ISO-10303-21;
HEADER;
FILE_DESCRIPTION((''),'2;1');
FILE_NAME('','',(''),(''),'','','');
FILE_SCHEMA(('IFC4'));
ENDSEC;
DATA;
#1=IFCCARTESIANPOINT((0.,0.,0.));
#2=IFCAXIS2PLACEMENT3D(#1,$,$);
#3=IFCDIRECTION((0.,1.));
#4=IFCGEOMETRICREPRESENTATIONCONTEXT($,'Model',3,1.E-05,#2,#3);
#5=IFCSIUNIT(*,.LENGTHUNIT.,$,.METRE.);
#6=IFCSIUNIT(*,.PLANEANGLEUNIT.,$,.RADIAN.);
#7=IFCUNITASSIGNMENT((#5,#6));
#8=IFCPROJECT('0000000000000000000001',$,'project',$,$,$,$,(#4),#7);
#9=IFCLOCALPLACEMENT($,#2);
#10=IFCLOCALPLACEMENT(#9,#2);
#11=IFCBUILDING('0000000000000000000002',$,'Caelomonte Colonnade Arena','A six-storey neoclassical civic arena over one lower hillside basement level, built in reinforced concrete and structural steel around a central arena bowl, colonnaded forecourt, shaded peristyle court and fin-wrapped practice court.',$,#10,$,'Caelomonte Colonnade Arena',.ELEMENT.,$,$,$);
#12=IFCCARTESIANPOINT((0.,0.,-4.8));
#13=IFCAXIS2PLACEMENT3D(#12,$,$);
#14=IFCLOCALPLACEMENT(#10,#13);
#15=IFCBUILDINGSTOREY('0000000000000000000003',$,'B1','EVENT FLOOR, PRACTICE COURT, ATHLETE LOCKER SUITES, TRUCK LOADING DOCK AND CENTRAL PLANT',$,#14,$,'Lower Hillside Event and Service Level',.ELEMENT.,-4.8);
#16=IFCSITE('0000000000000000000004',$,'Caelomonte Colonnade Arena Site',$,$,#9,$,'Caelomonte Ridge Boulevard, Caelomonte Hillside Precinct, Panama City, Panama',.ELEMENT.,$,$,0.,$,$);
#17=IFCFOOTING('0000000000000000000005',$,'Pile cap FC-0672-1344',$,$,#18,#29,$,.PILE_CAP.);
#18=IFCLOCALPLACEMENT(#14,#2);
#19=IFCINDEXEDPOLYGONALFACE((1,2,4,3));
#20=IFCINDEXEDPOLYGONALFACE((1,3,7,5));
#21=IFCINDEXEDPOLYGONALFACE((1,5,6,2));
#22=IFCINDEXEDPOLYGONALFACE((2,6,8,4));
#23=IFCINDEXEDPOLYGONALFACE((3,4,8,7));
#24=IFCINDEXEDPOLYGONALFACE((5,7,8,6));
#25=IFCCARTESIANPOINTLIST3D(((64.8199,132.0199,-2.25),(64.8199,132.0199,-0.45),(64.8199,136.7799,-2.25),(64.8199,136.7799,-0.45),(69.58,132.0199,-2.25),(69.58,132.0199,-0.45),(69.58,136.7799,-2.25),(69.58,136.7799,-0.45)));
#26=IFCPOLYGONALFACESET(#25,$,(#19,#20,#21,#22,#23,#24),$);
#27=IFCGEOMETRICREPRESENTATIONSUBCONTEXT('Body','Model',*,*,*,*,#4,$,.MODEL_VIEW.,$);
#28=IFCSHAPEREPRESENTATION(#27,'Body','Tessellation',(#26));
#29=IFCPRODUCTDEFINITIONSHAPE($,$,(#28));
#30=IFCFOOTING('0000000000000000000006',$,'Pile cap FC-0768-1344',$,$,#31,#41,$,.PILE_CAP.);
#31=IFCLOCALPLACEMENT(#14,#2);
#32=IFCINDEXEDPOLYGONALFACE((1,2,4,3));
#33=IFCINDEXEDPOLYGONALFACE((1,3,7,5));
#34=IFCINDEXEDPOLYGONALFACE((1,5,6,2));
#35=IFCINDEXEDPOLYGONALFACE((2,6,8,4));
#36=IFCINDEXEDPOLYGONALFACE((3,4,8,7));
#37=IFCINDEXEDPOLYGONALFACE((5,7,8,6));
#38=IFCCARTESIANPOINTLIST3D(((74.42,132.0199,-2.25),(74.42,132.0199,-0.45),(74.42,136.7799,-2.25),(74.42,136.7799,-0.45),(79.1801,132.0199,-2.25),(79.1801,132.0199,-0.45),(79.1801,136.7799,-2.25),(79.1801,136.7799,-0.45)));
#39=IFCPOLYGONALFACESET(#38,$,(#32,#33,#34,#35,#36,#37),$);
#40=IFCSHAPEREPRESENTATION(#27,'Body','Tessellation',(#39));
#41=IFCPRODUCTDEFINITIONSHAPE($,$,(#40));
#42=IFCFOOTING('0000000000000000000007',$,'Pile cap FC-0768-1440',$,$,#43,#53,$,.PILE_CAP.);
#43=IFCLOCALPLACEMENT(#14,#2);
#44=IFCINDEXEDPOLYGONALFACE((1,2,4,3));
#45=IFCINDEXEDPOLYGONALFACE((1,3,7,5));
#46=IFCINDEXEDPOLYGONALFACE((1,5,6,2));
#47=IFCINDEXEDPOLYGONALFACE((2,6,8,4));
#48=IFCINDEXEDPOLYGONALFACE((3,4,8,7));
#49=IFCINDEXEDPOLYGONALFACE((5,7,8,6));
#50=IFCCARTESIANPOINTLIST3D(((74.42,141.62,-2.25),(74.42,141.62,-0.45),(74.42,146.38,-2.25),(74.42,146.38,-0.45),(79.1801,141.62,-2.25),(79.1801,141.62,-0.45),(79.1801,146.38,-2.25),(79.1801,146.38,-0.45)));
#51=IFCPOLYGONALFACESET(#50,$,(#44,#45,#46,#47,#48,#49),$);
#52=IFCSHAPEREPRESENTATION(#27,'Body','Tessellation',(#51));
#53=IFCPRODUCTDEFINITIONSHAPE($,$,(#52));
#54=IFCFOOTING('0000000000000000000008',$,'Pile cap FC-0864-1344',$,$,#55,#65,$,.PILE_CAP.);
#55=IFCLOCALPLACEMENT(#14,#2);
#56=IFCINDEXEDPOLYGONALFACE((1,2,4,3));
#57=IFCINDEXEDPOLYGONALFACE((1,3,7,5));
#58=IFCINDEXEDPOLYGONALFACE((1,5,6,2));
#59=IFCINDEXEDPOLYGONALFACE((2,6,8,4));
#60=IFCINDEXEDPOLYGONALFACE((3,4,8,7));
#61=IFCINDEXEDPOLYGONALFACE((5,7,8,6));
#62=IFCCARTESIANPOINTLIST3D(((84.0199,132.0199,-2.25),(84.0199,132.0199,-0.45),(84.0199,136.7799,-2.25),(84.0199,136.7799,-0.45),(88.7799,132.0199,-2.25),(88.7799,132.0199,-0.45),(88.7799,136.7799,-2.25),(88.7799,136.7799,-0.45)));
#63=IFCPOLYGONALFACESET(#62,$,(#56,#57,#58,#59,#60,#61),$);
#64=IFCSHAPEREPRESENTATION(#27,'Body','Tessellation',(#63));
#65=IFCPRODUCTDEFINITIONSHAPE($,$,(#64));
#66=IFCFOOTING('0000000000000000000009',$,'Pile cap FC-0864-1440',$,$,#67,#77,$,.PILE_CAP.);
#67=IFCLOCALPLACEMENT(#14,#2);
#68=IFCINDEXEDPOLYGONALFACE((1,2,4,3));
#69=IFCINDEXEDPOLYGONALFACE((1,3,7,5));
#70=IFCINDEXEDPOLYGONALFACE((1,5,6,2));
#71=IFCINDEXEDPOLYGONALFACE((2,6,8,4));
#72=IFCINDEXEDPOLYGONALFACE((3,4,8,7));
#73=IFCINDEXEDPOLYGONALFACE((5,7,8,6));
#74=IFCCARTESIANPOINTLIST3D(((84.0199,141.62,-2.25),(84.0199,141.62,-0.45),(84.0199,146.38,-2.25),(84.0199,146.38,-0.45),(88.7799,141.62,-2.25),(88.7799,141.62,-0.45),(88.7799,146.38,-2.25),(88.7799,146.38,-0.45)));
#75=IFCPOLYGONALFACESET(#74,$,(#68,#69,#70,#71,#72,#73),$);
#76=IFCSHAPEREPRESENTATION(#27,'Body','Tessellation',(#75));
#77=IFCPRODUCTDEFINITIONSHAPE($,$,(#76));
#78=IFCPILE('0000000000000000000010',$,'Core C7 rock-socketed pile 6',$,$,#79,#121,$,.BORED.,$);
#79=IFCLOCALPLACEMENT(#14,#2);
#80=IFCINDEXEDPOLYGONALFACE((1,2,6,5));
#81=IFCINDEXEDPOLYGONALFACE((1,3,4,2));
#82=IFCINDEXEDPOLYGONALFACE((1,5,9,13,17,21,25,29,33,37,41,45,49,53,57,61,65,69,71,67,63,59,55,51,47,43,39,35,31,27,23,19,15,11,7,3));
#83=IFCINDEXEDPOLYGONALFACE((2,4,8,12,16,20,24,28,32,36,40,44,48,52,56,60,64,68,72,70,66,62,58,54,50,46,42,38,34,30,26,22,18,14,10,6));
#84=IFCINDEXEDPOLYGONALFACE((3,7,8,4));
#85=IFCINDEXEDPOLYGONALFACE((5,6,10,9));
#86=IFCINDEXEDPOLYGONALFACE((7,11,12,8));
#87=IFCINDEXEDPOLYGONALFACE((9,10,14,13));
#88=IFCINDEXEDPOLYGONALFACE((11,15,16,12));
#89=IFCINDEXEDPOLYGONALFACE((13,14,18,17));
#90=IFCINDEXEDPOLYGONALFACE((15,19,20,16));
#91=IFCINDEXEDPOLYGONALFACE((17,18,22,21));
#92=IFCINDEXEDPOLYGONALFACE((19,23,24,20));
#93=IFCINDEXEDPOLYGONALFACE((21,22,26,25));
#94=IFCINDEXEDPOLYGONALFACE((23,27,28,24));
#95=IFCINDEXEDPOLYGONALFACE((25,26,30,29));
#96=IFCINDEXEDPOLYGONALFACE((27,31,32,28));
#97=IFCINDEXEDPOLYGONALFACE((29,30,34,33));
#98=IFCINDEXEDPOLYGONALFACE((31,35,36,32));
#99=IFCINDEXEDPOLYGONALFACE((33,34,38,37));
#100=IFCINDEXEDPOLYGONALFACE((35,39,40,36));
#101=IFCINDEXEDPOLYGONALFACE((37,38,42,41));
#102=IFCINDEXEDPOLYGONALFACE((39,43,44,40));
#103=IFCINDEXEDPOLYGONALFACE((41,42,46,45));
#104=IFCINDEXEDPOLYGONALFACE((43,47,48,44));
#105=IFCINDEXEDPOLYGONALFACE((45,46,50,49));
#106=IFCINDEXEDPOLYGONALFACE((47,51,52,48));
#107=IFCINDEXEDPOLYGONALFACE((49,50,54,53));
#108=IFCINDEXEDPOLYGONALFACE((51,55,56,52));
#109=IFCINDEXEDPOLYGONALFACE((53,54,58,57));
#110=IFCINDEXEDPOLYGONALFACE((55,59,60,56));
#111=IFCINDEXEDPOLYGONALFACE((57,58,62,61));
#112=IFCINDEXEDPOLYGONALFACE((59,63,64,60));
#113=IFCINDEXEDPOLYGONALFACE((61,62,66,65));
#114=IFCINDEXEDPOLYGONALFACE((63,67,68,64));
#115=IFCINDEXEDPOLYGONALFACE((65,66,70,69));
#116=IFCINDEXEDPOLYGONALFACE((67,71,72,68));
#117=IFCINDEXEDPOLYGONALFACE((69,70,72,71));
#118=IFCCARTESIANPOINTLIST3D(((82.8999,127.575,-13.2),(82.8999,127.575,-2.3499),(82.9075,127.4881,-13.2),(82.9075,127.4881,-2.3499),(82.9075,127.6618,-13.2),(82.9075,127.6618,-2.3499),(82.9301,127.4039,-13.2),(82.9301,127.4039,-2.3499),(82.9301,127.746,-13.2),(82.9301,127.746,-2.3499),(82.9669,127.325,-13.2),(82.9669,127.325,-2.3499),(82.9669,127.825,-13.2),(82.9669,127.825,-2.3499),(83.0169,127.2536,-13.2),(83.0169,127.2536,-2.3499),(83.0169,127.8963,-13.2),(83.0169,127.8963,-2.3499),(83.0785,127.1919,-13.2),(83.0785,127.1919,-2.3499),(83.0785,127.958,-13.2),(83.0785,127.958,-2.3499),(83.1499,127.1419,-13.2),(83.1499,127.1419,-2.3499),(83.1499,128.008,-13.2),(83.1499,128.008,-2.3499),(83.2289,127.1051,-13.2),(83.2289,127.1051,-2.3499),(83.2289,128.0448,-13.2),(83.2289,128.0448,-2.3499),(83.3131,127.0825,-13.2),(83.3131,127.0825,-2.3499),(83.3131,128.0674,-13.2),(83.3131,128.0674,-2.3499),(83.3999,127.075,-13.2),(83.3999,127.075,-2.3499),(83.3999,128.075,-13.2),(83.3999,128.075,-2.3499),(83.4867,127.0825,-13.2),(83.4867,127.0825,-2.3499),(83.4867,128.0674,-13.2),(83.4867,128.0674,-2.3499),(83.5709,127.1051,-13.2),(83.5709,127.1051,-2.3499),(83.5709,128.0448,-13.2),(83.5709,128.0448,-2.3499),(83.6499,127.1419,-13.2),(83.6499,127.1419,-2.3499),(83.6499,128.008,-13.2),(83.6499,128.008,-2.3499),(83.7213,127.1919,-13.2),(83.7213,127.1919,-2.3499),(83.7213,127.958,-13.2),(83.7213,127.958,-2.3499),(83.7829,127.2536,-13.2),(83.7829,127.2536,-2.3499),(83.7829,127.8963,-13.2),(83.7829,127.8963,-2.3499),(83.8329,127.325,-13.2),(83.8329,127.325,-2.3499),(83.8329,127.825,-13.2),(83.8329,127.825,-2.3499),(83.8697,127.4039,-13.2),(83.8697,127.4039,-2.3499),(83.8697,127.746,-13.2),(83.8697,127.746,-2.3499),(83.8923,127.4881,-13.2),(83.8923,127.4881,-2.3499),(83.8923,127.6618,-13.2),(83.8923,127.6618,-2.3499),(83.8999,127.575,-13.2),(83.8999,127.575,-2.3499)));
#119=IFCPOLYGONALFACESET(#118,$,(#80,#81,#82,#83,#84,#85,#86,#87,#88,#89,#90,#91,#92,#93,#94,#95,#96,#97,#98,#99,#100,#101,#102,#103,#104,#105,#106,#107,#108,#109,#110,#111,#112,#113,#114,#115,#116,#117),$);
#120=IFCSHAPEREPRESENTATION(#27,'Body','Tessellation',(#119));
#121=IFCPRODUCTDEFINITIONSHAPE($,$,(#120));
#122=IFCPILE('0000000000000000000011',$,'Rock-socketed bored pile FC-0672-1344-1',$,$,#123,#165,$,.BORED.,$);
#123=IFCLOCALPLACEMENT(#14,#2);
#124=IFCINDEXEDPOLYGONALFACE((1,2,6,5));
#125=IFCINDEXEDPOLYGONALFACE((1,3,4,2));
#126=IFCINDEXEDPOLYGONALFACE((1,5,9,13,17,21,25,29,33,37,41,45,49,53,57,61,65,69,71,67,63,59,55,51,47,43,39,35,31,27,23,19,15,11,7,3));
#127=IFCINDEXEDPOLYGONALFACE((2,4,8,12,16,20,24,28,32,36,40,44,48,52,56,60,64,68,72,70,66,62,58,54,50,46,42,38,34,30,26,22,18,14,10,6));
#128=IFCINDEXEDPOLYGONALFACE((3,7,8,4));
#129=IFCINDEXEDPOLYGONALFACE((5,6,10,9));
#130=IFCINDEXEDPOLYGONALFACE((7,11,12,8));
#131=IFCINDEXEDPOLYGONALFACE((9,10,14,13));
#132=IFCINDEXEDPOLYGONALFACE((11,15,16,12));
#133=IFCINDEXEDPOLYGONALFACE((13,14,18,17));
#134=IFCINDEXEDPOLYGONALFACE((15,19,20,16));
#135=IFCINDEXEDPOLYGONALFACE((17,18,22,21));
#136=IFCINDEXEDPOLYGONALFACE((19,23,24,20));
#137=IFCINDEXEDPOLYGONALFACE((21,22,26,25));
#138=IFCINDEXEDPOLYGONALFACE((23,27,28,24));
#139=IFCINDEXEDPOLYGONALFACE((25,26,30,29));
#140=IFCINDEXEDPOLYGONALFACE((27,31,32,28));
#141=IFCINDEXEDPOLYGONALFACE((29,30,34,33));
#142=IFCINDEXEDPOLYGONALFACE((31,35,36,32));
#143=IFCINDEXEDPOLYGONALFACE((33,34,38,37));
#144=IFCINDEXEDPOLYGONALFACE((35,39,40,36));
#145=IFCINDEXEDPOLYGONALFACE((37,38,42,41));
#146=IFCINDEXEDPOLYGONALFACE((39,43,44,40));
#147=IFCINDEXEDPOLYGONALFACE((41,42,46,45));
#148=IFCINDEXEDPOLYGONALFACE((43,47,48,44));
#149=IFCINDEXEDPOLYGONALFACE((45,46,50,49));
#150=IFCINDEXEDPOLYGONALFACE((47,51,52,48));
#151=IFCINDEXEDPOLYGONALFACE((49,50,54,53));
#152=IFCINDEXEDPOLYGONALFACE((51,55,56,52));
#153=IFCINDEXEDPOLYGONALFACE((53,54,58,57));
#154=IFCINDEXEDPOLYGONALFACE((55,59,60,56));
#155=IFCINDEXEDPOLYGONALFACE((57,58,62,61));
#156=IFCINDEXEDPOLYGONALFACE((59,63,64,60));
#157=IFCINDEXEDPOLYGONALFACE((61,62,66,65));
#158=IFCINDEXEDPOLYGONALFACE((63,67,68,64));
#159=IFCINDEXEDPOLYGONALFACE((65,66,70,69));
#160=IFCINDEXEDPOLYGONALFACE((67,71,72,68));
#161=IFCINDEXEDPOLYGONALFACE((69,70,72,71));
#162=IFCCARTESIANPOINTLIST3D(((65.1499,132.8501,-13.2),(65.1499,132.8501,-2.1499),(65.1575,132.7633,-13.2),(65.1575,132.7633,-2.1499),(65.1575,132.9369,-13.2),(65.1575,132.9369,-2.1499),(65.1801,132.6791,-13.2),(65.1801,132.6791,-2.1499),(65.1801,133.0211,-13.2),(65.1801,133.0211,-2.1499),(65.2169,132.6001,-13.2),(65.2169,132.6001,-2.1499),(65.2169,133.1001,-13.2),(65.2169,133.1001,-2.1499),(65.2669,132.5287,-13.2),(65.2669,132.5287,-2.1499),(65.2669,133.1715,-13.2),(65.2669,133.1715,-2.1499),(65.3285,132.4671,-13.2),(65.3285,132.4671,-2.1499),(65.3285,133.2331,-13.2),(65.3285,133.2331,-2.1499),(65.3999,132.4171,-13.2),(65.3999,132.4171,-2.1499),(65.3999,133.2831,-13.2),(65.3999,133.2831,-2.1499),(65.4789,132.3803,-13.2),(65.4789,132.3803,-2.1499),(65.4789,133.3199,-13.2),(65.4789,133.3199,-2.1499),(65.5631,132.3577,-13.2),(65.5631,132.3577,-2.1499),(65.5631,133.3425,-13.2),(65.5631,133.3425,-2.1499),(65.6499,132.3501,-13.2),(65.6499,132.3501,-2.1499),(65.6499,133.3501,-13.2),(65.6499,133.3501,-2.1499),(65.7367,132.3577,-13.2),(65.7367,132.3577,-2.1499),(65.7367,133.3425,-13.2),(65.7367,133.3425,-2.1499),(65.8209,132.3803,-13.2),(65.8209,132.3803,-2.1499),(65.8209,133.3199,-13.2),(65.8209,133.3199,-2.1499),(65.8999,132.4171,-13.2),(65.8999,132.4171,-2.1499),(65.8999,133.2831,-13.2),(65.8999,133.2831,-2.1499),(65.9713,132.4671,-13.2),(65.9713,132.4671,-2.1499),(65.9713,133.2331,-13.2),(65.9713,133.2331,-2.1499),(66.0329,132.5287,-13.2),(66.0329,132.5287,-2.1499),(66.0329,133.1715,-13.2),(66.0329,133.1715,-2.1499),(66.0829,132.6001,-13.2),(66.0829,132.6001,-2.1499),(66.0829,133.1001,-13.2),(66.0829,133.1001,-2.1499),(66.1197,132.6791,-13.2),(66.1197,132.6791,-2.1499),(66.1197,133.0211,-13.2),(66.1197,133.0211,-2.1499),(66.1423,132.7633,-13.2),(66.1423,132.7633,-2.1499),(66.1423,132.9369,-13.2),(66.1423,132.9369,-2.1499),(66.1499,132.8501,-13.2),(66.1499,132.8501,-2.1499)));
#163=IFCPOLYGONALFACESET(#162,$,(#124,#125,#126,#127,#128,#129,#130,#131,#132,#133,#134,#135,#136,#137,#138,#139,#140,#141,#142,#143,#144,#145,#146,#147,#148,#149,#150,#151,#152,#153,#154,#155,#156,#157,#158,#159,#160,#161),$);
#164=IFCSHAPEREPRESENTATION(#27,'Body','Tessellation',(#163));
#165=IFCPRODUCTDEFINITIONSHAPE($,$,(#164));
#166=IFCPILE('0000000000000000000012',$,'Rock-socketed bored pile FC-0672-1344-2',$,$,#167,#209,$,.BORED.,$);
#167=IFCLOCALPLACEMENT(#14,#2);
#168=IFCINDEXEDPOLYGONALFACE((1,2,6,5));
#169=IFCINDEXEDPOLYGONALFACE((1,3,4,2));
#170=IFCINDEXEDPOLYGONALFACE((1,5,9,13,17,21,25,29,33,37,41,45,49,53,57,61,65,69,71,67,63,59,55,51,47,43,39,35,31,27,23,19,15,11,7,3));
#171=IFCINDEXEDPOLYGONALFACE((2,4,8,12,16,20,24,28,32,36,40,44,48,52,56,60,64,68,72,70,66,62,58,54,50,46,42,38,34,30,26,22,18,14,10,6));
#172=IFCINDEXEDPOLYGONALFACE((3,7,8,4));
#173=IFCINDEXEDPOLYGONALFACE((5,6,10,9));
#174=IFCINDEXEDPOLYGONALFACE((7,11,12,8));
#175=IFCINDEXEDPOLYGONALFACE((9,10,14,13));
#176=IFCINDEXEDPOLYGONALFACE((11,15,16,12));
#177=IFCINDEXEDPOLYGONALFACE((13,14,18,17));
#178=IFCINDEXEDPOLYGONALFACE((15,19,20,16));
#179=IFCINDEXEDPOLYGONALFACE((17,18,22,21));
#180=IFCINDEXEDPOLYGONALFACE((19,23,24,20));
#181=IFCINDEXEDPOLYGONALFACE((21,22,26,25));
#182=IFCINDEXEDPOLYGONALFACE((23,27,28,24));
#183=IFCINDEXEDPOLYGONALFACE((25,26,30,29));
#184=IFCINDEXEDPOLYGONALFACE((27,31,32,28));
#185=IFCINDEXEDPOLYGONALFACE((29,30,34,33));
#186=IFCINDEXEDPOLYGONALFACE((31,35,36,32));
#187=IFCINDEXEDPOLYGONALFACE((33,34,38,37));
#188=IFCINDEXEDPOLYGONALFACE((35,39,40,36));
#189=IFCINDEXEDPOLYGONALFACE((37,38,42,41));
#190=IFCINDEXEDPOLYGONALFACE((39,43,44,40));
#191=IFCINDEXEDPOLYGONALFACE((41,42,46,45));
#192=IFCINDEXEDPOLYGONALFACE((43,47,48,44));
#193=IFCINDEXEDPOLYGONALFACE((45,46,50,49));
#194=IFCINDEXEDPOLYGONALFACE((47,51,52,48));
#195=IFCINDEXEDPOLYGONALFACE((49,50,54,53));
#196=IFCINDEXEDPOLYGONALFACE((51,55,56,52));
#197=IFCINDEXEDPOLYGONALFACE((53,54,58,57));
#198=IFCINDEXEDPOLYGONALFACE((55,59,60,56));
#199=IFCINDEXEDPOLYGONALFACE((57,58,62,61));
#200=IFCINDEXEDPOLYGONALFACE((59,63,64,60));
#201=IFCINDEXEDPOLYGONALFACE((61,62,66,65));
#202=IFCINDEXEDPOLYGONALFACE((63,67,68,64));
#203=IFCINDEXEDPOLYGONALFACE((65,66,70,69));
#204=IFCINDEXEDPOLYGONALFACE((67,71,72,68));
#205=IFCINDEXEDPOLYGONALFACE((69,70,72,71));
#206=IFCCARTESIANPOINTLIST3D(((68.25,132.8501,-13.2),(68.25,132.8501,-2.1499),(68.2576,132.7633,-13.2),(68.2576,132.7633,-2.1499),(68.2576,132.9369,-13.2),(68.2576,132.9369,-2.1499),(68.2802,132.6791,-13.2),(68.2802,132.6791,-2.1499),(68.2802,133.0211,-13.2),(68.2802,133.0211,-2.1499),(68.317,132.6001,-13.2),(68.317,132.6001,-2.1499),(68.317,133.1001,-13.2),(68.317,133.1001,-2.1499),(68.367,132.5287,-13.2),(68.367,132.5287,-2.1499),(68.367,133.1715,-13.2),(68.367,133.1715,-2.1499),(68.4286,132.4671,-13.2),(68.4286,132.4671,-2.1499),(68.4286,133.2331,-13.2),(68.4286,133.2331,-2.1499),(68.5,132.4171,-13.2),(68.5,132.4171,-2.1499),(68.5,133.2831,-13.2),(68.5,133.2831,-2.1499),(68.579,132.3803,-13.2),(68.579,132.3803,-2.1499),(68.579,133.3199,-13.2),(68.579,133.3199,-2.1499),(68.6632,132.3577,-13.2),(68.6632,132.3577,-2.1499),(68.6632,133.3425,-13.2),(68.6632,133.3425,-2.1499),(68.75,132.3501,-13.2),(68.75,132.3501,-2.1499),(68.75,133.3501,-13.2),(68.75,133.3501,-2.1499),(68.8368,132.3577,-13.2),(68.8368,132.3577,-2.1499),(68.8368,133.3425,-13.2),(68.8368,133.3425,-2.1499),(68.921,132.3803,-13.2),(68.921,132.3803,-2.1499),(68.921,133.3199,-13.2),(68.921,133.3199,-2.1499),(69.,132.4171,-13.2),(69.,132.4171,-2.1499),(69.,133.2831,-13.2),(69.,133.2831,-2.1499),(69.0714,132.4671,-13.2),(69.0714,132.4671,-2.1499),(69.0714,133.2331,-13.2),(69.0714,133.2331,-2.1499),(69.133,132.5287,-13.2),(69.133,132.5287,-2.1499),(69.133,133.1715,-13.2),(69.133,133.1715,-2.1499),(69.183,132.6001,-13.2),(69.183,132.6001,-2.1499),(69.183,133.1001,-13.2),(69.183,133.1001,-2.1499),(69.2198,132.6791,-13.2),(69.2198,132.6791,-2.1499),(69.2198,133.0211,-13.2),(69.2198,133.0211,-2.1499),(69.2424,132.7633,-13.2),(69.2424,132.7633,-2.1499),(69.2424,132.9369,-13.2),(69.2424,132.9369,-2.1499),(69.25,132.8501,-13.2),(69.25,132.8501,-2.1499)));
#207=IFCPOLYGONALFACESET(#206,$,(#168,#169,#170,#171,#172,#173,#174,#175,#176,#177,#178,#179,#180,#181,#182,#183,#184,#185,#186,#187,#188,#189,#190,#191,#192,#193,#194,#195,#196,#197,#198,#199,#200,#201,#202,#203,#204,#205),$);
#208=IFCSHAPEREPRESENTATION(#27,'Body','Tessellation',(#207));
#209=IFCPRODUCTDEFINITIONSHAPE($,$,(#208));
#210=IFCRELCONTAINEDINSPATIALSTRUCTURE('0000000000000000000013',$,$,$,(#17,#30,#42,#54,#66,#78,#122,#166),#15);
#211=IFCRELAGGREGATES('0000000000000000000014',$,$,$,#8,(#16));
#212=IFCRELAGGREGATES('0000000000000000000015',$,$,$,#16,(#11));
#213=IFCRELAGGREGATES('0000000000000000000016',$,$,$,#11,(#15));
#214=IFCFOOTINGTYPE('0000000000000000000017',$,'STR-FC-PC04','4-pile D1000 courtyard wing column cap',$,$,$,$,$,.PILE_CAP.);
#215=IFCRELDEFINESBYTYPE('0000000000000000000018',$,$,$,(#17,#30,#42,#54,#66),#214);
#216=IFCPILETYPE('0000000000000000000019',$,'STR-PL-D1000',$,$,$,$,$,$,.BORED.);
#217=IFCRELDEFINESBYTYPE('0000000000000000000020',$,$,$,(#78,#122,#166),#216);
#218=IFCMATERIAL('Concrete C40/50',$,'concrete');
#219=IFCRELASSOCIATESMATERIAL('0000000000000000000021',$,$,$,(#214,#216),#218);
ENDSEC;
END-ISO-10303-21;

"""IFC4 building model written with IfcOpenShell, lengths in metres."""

from ifc_helpers import new_model, si_unit, direction, frame, origin, origin_2d, place, context, subcontext, project, spatial, rectangle, circle, extrude, material, material_profile, profile_set, type_object, element, save


model = new_model("IFC4")

# Units and contexts
model_context = context("Model", 3, precision=1e-05, world=origin(), true_north=direction((0.0, 1.0)))
body_context = subcontext(model_context, "Body", "Model", "MODEL_VIEW")
ifc_project = project(units=[si_unit("LENGTHUNIT", "METRE"), si_unit("PLANEANGLEUNIT", "RADIAN")], contexts=[model_context])

# Site, building, storey
site_placement = place(None, origin())
site = spatial("IfcSite", under=ifc_project, at=site_placement, Name="Caelomonte Colonnade Arena Site", LongName="Caelomonte Ridge Boulevard, Caelomonte Hillside Precinct, Panama City, Panama", CompositionType="ELEMENT", RefElevation=0.0)
building_placement = place(site_placement, origin())
building = spatial("IfcBuilding", under=site, at=building_placement, Name="Caelomonte Colonnade Arena", Description="A six-storey neoclassical civic arena over one lower hillside basement level, built in reinforced concrete and structural steel around a central arena bowl, colonnaded forecourt, shaded peristyle court and fin-wrapped practice court.", LongName="Caelomonte Colonnade Arena", CompositionType="ELEMENT")
storey_placement = place(building_placement, frame((0.0, 0.0, -4.8)))
storey = spatial("IfcBuildingStorey", under=building, at=storey_placement, Name="B1", Description="EVENT FLOOR, PRACTICE COURT, ATHLETE LOCKER SUITES, TRUCK LOADING DOCK AND CENTRAL PLANT", LongName="Lower Hillside Event and Service Level", CompositionType="ELEMENT", Elevation=-4.8)

# Footings
ifc_material_1 = material(Name="Concrete C40/50", Category="concrete")
footing_type = type_object("IfcFootingType", Name="STR-FC-PC04", Description="4-pile D1000 courtyard wing column cap", PredefinedType="PILE_CAP", material=ifc_material_1)
for number, where, z_axis, x_axis, name in (
    (1, (67.2, 134.3999, -2.25), (0.0, 0.0, 1.0), (1.0, 0.0, 0.0), "Pile cap FC-0672-1344"),
    (2, (76.8, 134.3999, -2.25), (0.0, 0.0, 1.0), (1.0, 0.0, 0.0), "Pile cap FC-0768-1344"),
    (3, (76.8, 144.0, -2.25), (0.0, 0.0, 1.0), (1.0, 0.0, 0.0), "Pile cap FC-0768-1440"),
    (4, (86.3999, 134.3999, -2.25), (0.0, 0.0, 1.0), (1.0, 0.0, 0.0), "Pile cap FC-0864-1344"),
    (5, (86.3999, 144.0, -2.25), (0.0, 0.0, 1.0), (1.0, 0.0, 0.0), "Pile cap FC-0864-1440"),
):
    element("IfcFooting", number, at=place(storey_placement, frame(where, z_axis=z_axis, x_axis=x_axis)), inside=storey, type_object=footing_type, Name=name, PredefinedType="PILE_CAP", context=body_context, shape_type="SweptSolid", body=[
        extrude(rectangle(XDim=4.76, YDim=4.76, at=origin_2d()), origin(), (0.0, 0.0, 1.0), 1.8),
    ])

# Piles
ifc_material_profile_1 = material_profile(ifc_material_1, circle(Radius=0.5, at=origin_2d()), Name="PILE-D1000")
ifc_profile_set_1 = profile_set([ifc_material_profile_1], Name="Concrete C40/50")
pile_type = type_object("IfcPileType", Name="STR-PL-D1000", PredefinedType="BORED", material=ifc_profile_set_1)
pile_placement = place(storey_placement, frame((83.3999, 127.575, -2.3499), z_axis=(0.0, 0.0, -1.0), x_axis=(1.0, 0.0, 0.0)))
element("IfcPile", 6, at=pile_placement, inside=storey, type_object=pile_type, Name="Core C7 rock-socketed pile 6", PredefinedType="BORED", context=body_context, shape_type="SweptSolid", body=[
    extrude(circle(Radius=0.5, at=origin_2d()), origin(), (0.0, 0.0, 1.0), 10.8501),
])
for number, where, z_axis, x_axis, name in (
    (7, (65.6499, 132.8501, -2.1499), (0.0, 0.0, -1.0), (1.0, 0.0, 0.0), "Rock-socketed bored pile FC-0672-1344-1"),
    (8, (68.75, 132.8501, -2.1499), (0.0, 0.0, -1.0), (1.0, 0.0, 0.0), "Rock-socketed bored pile FC-0672-1344-2"),
):
    element("IfcPile", number, at=place(storey_placement, frame(where, z_axis=z_axis, x_axis=x_axis)), inside=storey, type_object=pile_type, Name=name, PredefinedType="BORED", context=body_context, shape_type="SweptSolid", body=[
        extrude(circle(Radius=0.5, at=origin_2d()), origin(), (0.0, 0.0, 1.0), 11.05),
    ])

save(model, "model.ifc")
